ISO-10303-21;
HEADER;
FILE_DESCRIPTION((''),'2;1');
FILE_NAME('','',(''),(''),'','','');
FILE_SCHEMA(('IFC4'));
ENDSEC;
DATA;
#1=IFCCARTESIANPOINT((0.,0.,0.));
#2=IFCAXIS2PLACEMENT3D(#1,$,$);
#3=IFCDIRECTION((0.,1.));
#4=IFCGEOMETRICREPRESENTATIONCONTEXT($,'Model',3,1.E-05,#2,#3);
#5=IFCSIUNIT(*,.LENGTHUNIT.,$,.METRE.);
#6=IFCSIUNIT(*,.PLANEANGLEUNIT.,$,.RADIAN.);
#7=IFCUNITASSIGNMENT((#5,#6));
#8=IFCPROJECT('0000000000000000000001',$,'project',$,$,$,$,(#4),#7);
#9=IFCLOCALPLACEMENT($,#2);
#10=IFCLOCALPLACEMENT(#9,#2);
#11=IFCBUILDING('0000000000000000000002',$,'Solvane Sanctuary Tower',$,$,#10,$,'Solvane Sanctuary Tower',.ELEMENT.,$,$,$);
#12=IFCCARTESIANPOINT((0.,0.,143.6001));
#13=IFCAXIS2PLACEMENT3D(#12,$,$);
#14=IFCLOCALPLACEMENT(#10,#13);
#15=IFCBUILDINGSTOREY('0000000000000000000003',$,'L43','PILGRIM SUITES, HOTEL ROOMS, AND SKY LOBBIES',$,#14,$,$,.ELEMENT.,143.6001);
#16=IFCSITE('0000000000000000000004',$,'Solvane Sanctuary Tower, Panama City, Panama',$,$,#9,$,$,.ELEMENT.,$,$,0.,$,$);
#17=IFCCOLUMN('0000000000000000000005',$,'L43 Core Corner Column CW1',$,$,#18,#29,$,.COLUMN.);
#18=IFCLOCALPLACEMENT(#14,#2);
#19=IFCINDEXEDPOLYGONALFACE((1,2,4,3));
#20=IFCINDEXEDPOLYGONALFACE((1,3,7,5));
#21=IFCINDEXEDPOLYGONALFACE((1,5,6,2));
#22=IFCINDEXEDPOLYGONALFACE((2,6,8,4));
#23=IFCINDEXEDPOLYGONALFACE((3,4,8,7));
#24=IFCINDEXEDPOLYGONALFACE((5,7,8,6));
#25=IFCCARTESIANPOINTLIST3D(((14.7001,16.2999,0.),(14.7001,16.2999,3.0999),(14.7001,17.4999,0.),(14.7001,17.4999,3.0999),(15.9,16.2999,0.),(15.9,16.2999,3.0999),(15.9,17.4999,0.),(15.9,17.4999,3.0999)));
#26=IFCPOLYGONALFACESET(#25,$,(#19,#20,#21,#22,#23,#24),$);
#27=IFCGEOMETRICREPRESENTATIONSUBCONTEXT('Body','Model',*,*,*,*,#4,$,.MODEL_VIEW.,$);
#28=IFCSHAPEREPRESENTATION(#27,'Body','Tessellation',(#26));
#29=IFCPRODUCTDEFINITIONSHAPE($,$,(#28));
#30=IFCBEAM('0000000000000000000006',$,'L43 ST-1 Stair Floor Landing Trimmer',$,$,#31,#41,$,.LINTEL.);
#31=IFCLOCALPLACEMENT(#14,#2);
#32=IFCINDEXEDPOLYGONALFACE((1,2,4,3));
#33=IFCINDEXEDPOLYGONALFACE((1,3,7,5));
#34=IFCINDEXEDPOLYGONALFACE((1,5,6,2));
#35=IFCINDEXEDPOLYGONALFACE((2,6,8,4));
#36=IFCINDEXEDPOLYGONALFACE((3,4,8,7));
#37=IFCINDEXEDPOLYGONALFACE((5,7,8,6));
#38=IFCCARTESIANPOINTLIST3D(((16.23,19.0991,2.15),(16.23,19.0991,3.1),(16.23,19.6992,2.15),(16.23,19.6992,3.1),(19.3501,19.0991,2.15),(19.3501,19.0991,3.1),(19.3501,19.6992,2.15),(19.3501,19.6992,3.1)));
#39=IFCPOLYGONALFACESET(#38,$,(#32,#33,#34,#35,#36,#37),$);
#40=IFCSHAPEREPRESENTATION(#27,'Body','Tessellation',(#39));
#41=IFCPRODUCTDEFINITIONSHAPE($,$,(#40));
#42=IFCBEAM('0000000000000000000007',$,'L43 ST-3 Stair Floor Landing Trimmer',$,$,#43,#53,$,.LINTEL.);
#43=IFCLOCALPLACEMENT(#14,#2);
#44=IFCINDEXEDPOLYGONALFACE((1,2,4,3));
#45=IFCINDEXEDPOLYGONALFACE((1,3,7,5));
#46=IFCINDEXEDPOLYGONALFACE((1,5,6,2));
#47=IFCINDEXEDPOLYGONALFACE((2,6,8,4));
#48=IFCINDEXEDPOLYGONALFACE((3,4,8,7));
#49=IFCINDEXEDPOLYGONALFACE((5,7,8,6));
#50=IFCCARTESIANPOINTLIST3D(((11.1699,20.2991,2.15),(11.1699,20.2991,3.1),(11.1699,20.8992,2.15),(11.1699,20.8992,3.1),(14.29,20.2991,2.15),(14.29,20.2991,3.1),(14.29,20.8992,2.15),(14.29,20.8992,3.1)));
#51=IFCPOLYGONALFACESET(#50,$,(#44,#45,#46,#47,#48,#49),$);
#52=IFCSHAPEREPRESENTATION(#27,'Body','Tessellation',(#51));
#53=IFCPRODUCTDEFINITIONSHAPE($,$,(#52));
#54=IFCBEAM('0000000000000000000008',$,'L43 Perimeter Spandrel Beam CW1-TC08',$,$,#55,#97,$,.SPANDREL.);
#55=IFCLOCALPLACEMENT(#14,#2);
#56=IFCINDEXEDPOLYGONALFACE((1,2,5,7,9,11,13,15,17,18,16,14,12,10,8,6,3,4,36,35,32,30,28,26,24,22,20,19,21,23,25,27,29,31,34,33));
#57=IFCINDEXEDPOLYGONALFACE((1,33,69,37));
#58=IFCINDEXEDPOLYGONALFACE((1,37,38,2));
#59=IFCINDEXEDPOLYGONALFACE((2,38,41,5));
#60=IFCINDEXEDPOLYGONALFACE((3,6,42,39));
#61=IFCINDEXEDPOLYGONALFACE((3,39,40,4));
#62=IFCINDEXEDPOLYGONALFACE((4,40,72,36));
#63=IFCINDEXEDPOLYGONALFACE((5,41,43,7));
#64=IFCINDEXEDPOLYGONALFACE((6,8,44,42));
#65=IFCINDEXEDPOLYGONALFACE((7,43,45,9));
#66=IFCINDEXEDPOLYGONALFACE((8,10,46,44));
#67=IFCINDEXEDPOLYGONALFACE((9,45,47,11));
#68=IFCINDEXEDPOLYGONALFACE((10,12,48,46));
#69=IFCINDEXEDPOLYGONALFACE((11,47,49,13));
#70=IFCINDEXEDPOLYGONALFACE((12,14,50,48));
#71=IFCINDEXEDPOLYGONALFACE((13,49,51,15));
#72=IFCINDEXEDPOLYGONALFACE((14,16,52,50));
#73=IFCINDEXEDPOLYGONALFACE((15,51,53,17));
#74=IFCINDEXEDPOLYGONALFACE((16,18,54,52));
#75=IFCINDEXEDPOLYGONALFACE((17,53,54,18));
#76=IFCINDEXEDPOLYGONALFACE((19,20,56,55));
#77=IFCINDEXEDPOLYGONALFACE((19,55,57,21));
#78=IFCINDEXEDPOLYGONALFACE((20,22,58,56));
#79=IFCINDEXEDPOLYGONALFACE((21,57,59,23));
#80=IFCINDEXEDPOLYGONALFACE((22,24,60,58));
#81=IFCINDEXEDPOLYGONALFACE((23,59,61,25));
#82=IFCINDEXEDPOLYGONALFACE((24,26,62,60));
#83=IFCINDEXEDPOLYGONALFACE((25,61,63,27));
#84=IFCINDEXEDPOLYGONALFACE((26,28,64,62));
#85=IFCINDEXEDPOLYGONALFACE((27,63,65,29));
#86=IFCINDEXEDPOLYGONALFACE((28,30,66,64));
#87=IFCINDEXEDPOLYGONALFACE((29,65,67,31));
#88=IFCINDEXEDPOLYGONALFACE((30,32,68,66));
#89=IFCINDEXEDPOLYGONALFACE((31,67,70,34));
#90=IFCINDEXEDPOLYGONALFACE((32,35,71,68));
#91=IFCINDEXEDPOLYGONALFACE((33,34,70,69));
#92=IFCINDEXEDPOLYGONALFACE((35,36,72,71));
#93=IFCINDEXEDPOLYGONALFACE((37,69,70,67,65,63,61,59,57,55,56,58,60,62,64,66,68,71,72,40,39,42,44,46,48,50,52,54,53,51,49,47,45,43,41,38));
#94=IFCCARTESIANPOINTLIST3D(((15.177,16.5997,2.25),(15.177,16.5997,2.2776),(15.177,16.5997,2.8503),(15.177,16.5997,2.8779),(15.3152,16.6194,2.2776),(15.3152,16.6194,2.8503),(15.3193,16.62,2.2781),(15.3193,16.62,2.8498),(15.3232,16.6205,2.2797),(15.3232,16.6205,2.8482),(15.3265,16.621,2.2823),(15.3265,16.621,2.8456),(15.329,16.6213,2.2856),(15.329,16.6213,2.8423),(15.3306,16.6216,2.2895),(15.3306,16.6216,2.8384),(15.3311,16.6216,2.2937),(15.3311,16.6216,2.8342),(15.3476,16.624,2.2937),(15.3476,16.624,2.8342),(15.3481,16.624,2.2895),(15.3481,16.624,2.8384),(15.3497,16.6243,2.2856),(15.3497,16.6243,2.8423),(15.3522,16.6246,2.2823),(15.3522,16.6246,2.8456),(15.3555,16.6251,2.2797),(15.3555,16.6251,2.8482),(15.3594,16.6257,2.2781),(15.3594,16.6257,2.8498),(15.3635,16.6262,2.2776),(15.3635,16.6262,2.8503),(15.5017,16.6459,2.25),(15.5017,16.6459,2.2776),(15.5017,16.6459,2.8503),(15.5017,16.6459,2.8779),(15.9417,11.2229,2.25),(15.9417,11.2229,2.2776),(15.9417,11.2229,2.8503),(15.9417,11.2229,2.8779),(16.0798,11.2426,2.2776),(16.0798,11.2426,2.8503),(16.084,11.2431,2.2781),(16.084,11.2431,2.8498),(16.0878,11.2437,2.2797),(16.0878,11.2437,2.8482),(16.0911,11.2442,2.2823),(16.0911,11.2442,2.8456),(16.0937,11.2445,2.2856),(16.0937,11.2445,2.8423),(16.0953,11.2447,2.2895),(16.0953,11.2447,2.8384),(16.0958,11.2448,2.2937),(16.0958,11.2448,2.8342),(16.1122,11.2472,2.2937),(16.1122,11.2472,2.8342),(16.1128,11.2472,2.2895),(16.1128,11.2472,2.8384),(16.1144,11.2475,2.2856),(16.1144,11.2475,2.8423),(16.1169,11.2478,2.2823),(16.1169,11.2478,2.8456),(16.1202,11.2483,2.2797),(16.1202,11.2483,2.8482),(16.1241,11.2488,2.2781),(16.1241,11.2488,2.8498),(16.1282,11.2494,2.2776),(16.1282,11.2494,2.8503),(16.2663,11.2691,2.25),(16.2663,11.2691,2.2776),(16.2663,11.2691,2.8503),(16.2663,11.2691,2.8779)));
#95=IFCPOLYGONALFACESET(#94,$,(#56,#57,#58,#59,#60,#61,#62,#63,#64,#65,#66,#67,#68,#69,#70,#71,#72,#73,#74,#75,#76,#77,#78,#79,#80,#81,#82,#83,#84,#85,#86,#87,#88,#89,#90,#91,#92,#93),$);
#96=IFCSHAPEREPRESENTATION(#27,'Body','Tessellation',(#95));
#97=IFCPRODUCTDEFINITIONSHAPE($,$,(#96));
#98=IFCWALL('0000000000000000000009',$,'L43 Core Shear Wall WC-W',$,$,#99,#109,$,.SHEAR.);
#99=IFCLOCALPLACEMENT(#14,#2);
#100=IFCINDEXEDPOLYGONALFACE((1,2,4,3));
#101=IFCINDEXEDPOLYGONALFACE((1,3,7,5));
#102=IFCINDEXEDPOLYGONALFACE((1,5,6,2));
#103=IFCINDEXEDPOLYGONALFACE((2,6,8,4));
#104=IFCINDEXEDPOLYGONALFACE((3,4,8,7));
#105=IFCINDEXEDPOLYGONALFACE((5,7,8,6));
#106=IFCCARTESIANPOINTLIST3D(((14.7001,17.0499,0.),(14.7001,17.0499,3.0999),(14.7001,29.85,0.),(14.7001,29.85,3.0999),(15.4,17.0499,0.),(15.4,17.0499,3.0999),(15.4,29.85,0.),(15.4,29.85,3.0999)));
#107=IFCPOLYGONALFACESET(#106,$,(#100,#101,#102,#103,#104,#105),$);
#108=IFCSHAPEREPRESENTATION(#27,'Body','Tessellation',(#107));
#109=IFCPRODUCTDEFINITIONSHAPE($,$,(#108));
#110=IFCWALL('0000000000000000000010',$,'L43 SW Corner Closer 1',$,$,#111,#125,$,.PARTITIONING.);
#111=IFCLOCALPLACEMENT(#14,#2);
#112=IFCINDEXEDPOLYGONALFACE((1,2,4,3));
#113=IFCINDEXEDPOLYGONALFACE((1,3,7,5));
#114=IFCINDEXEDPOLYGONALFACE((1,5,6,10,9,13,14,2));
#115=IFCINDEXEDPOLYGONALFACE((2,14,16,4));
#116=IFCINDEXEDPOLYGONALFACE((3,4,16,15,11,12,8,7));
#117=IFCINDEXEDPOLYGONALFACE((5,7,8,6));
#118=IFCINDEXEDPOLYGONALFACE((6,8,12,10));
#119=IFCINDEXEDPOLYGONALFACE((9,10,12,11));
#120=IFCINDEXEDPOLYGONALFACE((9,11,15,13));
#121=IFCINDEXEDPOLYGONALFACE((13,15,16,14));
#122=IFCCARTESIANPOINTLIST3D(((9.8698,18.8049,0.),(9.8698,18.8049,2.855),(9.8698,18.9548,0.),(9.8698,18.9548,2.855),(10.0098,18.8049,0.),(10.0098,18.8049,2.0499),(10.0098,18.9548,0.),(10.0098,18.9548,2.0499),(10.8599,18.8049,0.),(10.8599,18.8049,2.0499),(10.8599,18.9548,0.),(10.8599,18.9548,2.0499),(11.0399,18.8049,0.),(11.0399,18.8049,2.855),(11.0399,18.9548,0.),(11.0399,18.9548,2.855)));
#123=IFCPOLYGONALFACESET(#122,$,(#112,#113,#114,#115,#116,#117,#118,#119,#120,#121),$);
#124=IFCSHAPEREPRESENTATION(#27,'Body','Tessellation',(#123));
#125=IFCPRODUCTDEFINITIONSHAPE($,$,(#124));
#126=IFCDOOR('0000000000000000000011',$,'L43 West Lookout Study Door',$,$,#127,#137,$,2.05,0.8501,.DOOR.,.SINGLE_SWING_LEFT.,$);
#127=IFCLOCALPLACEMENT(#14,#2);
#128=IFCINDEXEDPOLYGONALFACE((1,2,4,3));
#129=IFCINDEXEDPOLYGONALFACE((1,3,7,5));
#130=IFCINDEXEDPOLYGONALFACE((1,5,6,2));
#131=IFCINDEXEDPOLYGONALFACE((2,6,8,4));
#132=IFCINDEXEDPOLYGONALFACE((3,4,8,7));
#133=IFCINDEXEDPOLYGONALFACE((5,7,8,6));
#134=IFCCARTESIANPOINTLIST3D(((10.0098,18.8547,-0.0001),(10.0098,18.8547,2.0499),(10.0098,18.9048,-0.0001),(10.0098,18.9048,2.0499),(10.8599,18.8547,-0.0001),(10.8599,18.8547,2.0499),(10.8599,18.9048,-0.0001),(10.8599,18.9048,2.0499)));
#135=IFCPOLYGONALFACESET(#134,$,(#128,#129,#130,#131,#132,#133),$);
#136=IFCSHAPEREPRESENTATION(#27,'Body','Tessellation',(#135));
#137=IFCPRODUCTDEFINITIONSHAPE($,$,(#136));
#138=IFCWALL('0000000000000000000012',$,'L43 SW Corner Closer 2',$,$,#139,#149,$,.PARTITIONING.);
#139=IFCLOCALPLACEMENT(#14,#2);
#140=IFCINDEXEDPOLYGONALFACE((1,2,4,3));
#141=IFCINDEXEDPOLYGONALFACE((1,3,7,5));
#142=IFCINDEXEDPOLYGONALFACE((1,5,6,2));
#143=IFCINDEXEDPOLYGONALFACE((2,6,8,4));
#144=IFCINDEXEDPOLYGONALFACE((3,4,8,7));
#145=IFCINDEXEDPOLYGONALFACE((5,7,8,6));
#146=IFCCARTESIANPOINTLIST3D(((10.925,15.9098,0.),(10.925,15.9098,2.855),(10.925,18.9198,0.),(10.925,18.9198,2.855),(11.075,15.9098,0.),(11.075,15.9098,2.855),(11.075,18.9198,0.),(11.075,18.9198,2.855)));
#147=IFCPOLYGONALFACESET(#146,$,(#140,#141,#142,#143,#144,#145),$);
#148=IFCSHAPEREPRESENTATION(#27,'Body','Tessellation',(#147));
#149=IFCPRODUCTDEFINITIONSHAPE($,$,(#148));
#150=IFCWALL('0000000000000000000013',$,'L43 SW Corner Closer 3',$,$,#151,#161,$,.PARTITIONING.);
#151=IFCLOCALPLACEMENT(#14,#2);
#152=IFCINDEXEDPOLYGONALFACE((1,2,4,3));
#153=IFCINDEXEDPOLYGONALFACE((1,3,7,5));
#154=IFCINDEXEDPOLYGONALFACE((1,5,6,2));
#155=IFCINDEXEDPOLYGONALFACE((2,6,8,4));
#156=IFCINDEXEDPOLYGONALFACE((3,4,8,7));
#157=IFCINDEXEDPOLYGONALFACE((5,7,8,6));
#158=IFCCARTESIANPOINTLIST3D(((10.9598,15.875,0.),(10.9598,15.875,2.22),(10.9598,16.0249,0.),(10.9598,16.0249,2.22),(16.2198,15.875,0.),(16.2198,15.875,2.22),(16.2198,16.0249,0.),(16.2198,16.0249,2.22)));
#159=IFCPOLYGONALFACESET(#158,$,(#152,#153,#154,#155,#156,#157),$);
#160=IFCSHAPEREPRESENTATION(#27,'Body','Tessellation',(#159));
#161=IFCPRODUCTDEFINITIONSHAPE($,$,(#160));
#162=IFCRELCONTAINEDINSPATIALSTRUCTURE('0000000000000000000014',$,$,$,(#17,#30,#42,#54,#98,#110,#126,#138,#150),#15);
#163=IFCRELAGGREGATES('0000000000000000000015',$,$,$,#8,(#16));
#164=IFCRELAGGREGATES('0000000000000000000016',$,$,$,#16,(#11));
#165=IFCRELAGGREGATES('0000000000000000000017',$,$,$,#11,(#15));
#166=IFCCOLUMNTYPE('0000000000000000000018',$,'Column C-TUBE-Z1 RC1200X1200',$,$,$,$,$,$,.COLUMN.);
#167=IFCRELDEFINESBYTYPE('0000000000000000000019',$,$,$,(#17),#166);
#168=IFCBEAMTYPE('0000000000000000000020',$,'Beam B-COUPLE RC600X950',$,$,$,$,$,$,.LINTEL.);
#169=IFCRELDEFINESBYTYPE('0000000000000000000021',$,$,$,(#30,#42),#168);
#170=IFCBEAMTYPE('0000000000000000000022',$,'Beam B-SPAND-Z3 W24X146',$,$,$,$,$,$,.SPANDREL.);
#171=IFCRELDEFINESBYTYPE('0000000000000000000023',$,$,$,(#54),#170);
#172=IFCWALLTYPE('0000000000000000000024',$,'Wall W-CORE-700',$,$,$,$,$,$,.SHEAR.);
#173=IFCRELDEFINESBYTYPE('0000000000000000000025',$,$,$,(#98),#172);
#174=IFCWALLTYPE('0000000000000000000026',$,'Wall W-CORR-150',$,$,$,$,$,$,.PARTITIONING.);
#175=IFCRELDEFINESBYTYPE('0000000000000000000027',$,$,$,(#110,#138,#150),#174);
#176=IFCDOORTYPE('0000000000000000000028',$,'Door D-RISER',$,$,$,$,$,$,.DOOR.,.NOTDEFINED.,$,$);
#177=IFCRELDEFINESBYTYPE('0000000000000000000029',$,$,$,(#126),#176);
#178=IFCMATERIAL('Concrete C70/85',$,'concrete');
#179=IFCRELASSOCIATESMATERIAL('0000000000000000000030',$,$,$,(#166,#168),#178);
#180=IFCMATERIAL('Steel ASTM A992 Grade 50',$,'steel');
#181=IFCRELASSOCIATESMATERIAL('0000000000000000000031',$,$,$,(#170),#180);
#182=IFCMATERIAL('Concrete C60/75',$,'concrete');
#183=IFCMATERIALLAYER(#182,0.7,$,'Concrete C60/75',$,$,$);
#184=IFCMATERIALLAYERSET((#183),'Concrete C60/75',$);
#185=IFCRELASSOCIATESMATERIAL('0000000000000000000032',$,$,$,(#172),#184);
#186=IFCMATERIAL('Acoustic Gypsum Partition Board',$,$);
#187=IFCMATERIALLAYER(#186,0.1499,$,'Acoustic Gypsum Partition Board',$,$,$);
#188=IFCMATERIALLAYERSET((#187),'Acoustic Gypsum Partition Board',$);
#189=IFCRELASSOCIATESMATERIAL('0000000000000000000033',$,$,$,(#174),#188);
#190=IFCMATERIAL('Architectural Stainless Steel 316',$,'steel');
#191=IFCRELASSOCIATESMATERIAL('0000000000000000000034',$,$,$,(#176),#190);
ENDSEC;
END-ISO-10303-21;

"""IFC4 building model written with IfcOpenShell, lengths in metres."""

from ifc_helpers import new_model, si_unit, direction, frame, frame_2d, origin, origin_2d, place, context, subcontext, project, spatial, rectangle, i_section, extrude, material, layer, layer_set, material_profile, profile_set, type_object, element, fill, save


model = new_model("IFC4")

# Units and contexts
model_context = context("Model", 3, precision=1e-05, world=origin(), true_north=direction((0.0, 1.0)))
body_context = subcontext(model_context, "Body", "Model", "MODEL_VIEW")
ifc_project = project(units=[si_unit("LENGTHUNIT", "METRE"), si_unit("PLANEANGLEUNIT", "RADIAN")], contexts=[model_context])

# Site, building, storey
site_placement = place(None, origin())
site = spatial("IfcSite", under=ifc_project, at=site_placement, Name="Solvane Sanctuary Tower, Panama City, Panama", CompositionType="ELEMENT", RefElevation=0.0)
building_placement = place(site_placement, origin())
building = spatial("IfcBuilding", under=site, at=building_placement, Name="Solvane Sanctuary Tower", LongName="Solvane Sanctuary Tower", CompositionType="ELEMENT")
storey_placement = place(building_placement, frame((0.0, 0.0, 143.6001)))
storey = spatial("IfcBuildingStorey", under=building, at=storey_placement, Name="L43", Description="PILGRIM SUITES, HOTEL ROOMS, AND SKY LOBBIES", CompositionType="ELEMENT", Elevation=143.6001)

# Column
ifc_material_1 = material(Name="Concrete C70/85", Category="concrete")
ifc_material_profile_1 = material_profile(ifc_material_1, rectangle(XDim=1.2, YDim=1.2, at=origin_2d()), Name="RC1200X1200")
ifc_profile_set_1 = profile_set([ifc_material_profile_1], Name="Concrete C70/85")
column_type = type_object("IfcColumnType", Name="Column C-TUBE-Z1 RC1200X1200", PredefinedType="COLUMN", material=ifc_profile_set_1)
column_placement = place(storey_placement, frame((15.3, 16.8999, 0.0), z_axis=(0.0, 0.0, 1.0), x_axis=(1.0, 0.0, 0.0)))
element("IfcColumn", 1, at=column_placement, inside=storey, type_object=column_type, Name="L43 Core Corner Column CW1", PredefinedType="COLUMN", context=body_context, shape_type="SweptSolid", body=[
    extrude(rectangle(XDim=1.2, YDim=1.2, at=origin_2d()), origin(), (0.0, 0.0, 1.0), 3.0999),
])

# Beams
ifc_material_profile_2 = material_profile(ifc_material_1, rectangle(XDim=0.6001, YDim=0.95, at=origin_2d()), Name="RC600X950")
ifc_profile_set_2 = profile_set([ifc_material_profile_2], Name="Concrete C70/85")
beam_type_1 = type_object("IfcBeamType", Name="Beam B-COUPLE RC600X950", PredefinedType="LINTEL", material=ifc_profile_set_2)
for number, where, z_axis, x_axis, name in (
    (2, (16.23, 19.3992, 2.625), (1.0, 0.0, 0.0), (0.0, 1.0, 0.0), "L43 ST-1 Stair Floor Landing Trimmer"),
    (3, (11.1699, 20.5991, 2.625), (1.0, 0.0, 0.0), (0.0, 1.0, 0.0), "L43 ST-3 Stair Floor Landing Trimmer"),
):
    element("IfcBeam", number, at=place(storey_placement, frame(where, z_axis=z_axis, x_axis=x_axis)), inside=storey, type_object=beam_type_1, Name=name, PredefinedType="LINTEL", context=body_context, shape_type="SweptSolid", body=[
        extrude(rectangle(XDim=0.6001, YDim=0.95, at=origin_2d()), origin(), (0.0, 0.0, 1.0), 3.1201),
    ])
ifc_material_2 = material(Name="Steel ASTM A992 Grade 50", Category="steel")
ifc_material_profile_3 = material_profile(ifc_material_2, i_section(OverallWidth=0.3279, OverallDepth=0.6279, WebThickness=0.0166, FlangeThickness=0.0276, FilletRadius=0.0161, at=origin_2d()), Name="W24X146")
ifc_profile_set_3 = profile_set([ifc_material_profile_3], Name="Steel ASTM A992 Grade 50")
beam_type_2 = type_object("IfcBeamType", Name="Beam B-SPAND-Z3 W24X146", PredefinedType="SPANDREL", material=ifc_profile_set_3)
beam_placement = place(storey_placement, frame((15.3394, 16.6228, 2.564), z_axis=(0.140798, -0.990038, 0.0), x_axis=(0.990038, 0.140798, 0.0)))
element("IfcBeam", 4, at=beam_placement, inside=storey, type_object=beam_type_2, Name="L43 Perimeter Spandrel Beam CW1-TC08", PredefinedType="SPANDREL", context=body_context, shape_type="SweptSolid", body=[
    extrude(i_section(OverallWidth=0.3279, OverallDepth=0.6279, WebThickness=0.0166, FlangeThickness=0.0276, FilletRadius=0.0161, at=origin_2d()), origin(), (0.0, 0.0, 1.0), 5.4309),
])

# Wall
ifc_material_3 = material(Name="Concrete C60/75", Category="concrete")
ifc_layer_1 = layer(ifc_material_3, 0.7, Name="Concrete C60/75")
ifc_layer_set_1 = layer_set([ifc_layer_1], Name="Concrete C60/75")
wall_type_1 = type_object("IfcWallType", Name="Wall W-CORE-700", PredefinedType="SHEAR", material=ifc_layer_set_1)
wall_1_placement = place(storey_placement, frame((15.05, 17.05, 0.0), z_axis=(0.0, 0.0, 1.0), x_axis=(0.0, 1.0, 0.0)))
element("IfcWall", 5, at=wall_1_placement, inside=storey, type_object=wall_type_1, Name="L43 Core Shear Wall WC-W", PredefinedType="SHEAR", context=body_context, shape_type="SweptSolid", body=[
    extrude(rectangle(XDim=12.8, YDim=0.7, at=frame_2d((6.3999, 0.0))), origin(), (0.0, 0.0, 1.0), 3.0999),
])

# Wall, opening, door
ifc_material_4 = material(Name="Acoustic Gypsum Partition Board")
ifc_layer_2 = layer(ifc_material_4, 0.1499, Name="Acoustic Gypsum Partition Board")
ifc_layer_set_2 = layer_set([ifc_layer_2], Name="Acoustic Gypsum Partition Board")
wall_type_2 = type_object("IfcWallType", Name="Wall W-CORR-150", PredefinedType="PARTITIONING", material=ifc_layer_set_2)
wall_2_placement = place(storey_placement, frame((9.8699, 18.8799, 0.0), z_axis=(0.0, 0.0, 1.0), x_axis=(1.0, 0.0, 0.0)))
wall_2 = element("IfcWall", 6, at=wall_2_placement, inside=storey, type_object=wall_type_2, Name="L43 SW Corner Closer 1", PredefinedType="PARTITIONING", context=body_context, shape_type="SweptSolid", body=[
    extrude(rectangle(XDim=1.1702, YDim=0.1499, at=frame_2d((0.585, 0.0))), origin(), (0.0, 0.0, 1.0), 2.855),
])
opening_1_placement = place(wall_2_placement, frame((0.1399, 0.0, 0.0)))
opening_1 = element("IfcOpeningElement", 7, at=opening_1_placement, cuts=wall_2, PredefinedType="OPENING", context=body_context, shape_type="SweptSolid", body=[
    extrude(rectangle(XDim=0.8501, YDim=2.05, at=frame_2d((0.425, 1.0249))), frame((0.0, 0.085, 0.0), z_axis=(0.0, -1.0, 0.0), x_axis=(1.0, 0.0, 0.0)), (0.0, 0.0, 1.0), 0.1699),
])
ifc_material_5 = material(Name="Architectural Stainless Steel 316", Category="steel")
door_type_1 = type_object("IfcDoorType", Name="Door D-RISER", OperationType="NOTDEFINED", PredefinedType="DOOR", material=ifc_material_5)
door_1_placement = place(opening_1_placement, origin())
door_1 = element("IfcDoor", 8, at=door_1_placement, inside=storey, type_object=door_type_1, Name="L43 West Lookout Study Door", OperationType="SINGLE_SWING_LEFT", OverallHeight=2.05, OverallWidth=0.8501, PredefinedType="DOOR", context=body_context, shape_type="SweptSolid", body=[
    extrude(rectangle(XDim=0.8501, YDim=2.05, at=frame_2d((0.425, 1.0249))), frame((0.0, 0.0249, 0.0), z_axis=(0.0, -1.0, 0.0), x_axis=(1.0, 0.0, 0.0)), (0.0, 0.0, 1.0), 0.05),
])
fill(opening_1, door_1)

# Walls
wall_3_placement = place(storey_placement, frame((11.0, 15.9099, 0.0), z_axis=(0.0, 0.0, 1.0), x_axis=(0.0, 1.0, 0.0)))
element("IfcWall", 9, at=wall_3_placement, inside=storey, type_object=wall_type_2, Name="L43 SW Corner Closer 2", PredefinedType="PARTITIONING", context=body_context, shape_type="SweptSolid", body=[
    extrude(rectangle(XDim=3.01, YDim=0.1499, at=frame_2d((1.5049, 0.0))), origin(), (0.0, 0.0, 1.0), 2.855),
])
wall_4_placement = place(storey_placement, frame((10.96, 15.95, 0.0), z_axis=(0.0, 0.0, 1.0), x_axis=(1.0, 0.0, 0.0)))
element("IfcWall", 10, at=wall_4_placement, inside=storey, type_object=wall_type_2, Name="L43 SW Corner Closer 3", PredefinedType="PARTITIONING", context=body_context, shape_type="SweptSolid", body=[
    extrude(rectangle(XDim=5.26, YDim=0.1499, at=frame_2d((2.6299, 0.0))), origin(), (0.0, 0.0, 1.0), 2.22),
])

save(model, "model.ifc")
